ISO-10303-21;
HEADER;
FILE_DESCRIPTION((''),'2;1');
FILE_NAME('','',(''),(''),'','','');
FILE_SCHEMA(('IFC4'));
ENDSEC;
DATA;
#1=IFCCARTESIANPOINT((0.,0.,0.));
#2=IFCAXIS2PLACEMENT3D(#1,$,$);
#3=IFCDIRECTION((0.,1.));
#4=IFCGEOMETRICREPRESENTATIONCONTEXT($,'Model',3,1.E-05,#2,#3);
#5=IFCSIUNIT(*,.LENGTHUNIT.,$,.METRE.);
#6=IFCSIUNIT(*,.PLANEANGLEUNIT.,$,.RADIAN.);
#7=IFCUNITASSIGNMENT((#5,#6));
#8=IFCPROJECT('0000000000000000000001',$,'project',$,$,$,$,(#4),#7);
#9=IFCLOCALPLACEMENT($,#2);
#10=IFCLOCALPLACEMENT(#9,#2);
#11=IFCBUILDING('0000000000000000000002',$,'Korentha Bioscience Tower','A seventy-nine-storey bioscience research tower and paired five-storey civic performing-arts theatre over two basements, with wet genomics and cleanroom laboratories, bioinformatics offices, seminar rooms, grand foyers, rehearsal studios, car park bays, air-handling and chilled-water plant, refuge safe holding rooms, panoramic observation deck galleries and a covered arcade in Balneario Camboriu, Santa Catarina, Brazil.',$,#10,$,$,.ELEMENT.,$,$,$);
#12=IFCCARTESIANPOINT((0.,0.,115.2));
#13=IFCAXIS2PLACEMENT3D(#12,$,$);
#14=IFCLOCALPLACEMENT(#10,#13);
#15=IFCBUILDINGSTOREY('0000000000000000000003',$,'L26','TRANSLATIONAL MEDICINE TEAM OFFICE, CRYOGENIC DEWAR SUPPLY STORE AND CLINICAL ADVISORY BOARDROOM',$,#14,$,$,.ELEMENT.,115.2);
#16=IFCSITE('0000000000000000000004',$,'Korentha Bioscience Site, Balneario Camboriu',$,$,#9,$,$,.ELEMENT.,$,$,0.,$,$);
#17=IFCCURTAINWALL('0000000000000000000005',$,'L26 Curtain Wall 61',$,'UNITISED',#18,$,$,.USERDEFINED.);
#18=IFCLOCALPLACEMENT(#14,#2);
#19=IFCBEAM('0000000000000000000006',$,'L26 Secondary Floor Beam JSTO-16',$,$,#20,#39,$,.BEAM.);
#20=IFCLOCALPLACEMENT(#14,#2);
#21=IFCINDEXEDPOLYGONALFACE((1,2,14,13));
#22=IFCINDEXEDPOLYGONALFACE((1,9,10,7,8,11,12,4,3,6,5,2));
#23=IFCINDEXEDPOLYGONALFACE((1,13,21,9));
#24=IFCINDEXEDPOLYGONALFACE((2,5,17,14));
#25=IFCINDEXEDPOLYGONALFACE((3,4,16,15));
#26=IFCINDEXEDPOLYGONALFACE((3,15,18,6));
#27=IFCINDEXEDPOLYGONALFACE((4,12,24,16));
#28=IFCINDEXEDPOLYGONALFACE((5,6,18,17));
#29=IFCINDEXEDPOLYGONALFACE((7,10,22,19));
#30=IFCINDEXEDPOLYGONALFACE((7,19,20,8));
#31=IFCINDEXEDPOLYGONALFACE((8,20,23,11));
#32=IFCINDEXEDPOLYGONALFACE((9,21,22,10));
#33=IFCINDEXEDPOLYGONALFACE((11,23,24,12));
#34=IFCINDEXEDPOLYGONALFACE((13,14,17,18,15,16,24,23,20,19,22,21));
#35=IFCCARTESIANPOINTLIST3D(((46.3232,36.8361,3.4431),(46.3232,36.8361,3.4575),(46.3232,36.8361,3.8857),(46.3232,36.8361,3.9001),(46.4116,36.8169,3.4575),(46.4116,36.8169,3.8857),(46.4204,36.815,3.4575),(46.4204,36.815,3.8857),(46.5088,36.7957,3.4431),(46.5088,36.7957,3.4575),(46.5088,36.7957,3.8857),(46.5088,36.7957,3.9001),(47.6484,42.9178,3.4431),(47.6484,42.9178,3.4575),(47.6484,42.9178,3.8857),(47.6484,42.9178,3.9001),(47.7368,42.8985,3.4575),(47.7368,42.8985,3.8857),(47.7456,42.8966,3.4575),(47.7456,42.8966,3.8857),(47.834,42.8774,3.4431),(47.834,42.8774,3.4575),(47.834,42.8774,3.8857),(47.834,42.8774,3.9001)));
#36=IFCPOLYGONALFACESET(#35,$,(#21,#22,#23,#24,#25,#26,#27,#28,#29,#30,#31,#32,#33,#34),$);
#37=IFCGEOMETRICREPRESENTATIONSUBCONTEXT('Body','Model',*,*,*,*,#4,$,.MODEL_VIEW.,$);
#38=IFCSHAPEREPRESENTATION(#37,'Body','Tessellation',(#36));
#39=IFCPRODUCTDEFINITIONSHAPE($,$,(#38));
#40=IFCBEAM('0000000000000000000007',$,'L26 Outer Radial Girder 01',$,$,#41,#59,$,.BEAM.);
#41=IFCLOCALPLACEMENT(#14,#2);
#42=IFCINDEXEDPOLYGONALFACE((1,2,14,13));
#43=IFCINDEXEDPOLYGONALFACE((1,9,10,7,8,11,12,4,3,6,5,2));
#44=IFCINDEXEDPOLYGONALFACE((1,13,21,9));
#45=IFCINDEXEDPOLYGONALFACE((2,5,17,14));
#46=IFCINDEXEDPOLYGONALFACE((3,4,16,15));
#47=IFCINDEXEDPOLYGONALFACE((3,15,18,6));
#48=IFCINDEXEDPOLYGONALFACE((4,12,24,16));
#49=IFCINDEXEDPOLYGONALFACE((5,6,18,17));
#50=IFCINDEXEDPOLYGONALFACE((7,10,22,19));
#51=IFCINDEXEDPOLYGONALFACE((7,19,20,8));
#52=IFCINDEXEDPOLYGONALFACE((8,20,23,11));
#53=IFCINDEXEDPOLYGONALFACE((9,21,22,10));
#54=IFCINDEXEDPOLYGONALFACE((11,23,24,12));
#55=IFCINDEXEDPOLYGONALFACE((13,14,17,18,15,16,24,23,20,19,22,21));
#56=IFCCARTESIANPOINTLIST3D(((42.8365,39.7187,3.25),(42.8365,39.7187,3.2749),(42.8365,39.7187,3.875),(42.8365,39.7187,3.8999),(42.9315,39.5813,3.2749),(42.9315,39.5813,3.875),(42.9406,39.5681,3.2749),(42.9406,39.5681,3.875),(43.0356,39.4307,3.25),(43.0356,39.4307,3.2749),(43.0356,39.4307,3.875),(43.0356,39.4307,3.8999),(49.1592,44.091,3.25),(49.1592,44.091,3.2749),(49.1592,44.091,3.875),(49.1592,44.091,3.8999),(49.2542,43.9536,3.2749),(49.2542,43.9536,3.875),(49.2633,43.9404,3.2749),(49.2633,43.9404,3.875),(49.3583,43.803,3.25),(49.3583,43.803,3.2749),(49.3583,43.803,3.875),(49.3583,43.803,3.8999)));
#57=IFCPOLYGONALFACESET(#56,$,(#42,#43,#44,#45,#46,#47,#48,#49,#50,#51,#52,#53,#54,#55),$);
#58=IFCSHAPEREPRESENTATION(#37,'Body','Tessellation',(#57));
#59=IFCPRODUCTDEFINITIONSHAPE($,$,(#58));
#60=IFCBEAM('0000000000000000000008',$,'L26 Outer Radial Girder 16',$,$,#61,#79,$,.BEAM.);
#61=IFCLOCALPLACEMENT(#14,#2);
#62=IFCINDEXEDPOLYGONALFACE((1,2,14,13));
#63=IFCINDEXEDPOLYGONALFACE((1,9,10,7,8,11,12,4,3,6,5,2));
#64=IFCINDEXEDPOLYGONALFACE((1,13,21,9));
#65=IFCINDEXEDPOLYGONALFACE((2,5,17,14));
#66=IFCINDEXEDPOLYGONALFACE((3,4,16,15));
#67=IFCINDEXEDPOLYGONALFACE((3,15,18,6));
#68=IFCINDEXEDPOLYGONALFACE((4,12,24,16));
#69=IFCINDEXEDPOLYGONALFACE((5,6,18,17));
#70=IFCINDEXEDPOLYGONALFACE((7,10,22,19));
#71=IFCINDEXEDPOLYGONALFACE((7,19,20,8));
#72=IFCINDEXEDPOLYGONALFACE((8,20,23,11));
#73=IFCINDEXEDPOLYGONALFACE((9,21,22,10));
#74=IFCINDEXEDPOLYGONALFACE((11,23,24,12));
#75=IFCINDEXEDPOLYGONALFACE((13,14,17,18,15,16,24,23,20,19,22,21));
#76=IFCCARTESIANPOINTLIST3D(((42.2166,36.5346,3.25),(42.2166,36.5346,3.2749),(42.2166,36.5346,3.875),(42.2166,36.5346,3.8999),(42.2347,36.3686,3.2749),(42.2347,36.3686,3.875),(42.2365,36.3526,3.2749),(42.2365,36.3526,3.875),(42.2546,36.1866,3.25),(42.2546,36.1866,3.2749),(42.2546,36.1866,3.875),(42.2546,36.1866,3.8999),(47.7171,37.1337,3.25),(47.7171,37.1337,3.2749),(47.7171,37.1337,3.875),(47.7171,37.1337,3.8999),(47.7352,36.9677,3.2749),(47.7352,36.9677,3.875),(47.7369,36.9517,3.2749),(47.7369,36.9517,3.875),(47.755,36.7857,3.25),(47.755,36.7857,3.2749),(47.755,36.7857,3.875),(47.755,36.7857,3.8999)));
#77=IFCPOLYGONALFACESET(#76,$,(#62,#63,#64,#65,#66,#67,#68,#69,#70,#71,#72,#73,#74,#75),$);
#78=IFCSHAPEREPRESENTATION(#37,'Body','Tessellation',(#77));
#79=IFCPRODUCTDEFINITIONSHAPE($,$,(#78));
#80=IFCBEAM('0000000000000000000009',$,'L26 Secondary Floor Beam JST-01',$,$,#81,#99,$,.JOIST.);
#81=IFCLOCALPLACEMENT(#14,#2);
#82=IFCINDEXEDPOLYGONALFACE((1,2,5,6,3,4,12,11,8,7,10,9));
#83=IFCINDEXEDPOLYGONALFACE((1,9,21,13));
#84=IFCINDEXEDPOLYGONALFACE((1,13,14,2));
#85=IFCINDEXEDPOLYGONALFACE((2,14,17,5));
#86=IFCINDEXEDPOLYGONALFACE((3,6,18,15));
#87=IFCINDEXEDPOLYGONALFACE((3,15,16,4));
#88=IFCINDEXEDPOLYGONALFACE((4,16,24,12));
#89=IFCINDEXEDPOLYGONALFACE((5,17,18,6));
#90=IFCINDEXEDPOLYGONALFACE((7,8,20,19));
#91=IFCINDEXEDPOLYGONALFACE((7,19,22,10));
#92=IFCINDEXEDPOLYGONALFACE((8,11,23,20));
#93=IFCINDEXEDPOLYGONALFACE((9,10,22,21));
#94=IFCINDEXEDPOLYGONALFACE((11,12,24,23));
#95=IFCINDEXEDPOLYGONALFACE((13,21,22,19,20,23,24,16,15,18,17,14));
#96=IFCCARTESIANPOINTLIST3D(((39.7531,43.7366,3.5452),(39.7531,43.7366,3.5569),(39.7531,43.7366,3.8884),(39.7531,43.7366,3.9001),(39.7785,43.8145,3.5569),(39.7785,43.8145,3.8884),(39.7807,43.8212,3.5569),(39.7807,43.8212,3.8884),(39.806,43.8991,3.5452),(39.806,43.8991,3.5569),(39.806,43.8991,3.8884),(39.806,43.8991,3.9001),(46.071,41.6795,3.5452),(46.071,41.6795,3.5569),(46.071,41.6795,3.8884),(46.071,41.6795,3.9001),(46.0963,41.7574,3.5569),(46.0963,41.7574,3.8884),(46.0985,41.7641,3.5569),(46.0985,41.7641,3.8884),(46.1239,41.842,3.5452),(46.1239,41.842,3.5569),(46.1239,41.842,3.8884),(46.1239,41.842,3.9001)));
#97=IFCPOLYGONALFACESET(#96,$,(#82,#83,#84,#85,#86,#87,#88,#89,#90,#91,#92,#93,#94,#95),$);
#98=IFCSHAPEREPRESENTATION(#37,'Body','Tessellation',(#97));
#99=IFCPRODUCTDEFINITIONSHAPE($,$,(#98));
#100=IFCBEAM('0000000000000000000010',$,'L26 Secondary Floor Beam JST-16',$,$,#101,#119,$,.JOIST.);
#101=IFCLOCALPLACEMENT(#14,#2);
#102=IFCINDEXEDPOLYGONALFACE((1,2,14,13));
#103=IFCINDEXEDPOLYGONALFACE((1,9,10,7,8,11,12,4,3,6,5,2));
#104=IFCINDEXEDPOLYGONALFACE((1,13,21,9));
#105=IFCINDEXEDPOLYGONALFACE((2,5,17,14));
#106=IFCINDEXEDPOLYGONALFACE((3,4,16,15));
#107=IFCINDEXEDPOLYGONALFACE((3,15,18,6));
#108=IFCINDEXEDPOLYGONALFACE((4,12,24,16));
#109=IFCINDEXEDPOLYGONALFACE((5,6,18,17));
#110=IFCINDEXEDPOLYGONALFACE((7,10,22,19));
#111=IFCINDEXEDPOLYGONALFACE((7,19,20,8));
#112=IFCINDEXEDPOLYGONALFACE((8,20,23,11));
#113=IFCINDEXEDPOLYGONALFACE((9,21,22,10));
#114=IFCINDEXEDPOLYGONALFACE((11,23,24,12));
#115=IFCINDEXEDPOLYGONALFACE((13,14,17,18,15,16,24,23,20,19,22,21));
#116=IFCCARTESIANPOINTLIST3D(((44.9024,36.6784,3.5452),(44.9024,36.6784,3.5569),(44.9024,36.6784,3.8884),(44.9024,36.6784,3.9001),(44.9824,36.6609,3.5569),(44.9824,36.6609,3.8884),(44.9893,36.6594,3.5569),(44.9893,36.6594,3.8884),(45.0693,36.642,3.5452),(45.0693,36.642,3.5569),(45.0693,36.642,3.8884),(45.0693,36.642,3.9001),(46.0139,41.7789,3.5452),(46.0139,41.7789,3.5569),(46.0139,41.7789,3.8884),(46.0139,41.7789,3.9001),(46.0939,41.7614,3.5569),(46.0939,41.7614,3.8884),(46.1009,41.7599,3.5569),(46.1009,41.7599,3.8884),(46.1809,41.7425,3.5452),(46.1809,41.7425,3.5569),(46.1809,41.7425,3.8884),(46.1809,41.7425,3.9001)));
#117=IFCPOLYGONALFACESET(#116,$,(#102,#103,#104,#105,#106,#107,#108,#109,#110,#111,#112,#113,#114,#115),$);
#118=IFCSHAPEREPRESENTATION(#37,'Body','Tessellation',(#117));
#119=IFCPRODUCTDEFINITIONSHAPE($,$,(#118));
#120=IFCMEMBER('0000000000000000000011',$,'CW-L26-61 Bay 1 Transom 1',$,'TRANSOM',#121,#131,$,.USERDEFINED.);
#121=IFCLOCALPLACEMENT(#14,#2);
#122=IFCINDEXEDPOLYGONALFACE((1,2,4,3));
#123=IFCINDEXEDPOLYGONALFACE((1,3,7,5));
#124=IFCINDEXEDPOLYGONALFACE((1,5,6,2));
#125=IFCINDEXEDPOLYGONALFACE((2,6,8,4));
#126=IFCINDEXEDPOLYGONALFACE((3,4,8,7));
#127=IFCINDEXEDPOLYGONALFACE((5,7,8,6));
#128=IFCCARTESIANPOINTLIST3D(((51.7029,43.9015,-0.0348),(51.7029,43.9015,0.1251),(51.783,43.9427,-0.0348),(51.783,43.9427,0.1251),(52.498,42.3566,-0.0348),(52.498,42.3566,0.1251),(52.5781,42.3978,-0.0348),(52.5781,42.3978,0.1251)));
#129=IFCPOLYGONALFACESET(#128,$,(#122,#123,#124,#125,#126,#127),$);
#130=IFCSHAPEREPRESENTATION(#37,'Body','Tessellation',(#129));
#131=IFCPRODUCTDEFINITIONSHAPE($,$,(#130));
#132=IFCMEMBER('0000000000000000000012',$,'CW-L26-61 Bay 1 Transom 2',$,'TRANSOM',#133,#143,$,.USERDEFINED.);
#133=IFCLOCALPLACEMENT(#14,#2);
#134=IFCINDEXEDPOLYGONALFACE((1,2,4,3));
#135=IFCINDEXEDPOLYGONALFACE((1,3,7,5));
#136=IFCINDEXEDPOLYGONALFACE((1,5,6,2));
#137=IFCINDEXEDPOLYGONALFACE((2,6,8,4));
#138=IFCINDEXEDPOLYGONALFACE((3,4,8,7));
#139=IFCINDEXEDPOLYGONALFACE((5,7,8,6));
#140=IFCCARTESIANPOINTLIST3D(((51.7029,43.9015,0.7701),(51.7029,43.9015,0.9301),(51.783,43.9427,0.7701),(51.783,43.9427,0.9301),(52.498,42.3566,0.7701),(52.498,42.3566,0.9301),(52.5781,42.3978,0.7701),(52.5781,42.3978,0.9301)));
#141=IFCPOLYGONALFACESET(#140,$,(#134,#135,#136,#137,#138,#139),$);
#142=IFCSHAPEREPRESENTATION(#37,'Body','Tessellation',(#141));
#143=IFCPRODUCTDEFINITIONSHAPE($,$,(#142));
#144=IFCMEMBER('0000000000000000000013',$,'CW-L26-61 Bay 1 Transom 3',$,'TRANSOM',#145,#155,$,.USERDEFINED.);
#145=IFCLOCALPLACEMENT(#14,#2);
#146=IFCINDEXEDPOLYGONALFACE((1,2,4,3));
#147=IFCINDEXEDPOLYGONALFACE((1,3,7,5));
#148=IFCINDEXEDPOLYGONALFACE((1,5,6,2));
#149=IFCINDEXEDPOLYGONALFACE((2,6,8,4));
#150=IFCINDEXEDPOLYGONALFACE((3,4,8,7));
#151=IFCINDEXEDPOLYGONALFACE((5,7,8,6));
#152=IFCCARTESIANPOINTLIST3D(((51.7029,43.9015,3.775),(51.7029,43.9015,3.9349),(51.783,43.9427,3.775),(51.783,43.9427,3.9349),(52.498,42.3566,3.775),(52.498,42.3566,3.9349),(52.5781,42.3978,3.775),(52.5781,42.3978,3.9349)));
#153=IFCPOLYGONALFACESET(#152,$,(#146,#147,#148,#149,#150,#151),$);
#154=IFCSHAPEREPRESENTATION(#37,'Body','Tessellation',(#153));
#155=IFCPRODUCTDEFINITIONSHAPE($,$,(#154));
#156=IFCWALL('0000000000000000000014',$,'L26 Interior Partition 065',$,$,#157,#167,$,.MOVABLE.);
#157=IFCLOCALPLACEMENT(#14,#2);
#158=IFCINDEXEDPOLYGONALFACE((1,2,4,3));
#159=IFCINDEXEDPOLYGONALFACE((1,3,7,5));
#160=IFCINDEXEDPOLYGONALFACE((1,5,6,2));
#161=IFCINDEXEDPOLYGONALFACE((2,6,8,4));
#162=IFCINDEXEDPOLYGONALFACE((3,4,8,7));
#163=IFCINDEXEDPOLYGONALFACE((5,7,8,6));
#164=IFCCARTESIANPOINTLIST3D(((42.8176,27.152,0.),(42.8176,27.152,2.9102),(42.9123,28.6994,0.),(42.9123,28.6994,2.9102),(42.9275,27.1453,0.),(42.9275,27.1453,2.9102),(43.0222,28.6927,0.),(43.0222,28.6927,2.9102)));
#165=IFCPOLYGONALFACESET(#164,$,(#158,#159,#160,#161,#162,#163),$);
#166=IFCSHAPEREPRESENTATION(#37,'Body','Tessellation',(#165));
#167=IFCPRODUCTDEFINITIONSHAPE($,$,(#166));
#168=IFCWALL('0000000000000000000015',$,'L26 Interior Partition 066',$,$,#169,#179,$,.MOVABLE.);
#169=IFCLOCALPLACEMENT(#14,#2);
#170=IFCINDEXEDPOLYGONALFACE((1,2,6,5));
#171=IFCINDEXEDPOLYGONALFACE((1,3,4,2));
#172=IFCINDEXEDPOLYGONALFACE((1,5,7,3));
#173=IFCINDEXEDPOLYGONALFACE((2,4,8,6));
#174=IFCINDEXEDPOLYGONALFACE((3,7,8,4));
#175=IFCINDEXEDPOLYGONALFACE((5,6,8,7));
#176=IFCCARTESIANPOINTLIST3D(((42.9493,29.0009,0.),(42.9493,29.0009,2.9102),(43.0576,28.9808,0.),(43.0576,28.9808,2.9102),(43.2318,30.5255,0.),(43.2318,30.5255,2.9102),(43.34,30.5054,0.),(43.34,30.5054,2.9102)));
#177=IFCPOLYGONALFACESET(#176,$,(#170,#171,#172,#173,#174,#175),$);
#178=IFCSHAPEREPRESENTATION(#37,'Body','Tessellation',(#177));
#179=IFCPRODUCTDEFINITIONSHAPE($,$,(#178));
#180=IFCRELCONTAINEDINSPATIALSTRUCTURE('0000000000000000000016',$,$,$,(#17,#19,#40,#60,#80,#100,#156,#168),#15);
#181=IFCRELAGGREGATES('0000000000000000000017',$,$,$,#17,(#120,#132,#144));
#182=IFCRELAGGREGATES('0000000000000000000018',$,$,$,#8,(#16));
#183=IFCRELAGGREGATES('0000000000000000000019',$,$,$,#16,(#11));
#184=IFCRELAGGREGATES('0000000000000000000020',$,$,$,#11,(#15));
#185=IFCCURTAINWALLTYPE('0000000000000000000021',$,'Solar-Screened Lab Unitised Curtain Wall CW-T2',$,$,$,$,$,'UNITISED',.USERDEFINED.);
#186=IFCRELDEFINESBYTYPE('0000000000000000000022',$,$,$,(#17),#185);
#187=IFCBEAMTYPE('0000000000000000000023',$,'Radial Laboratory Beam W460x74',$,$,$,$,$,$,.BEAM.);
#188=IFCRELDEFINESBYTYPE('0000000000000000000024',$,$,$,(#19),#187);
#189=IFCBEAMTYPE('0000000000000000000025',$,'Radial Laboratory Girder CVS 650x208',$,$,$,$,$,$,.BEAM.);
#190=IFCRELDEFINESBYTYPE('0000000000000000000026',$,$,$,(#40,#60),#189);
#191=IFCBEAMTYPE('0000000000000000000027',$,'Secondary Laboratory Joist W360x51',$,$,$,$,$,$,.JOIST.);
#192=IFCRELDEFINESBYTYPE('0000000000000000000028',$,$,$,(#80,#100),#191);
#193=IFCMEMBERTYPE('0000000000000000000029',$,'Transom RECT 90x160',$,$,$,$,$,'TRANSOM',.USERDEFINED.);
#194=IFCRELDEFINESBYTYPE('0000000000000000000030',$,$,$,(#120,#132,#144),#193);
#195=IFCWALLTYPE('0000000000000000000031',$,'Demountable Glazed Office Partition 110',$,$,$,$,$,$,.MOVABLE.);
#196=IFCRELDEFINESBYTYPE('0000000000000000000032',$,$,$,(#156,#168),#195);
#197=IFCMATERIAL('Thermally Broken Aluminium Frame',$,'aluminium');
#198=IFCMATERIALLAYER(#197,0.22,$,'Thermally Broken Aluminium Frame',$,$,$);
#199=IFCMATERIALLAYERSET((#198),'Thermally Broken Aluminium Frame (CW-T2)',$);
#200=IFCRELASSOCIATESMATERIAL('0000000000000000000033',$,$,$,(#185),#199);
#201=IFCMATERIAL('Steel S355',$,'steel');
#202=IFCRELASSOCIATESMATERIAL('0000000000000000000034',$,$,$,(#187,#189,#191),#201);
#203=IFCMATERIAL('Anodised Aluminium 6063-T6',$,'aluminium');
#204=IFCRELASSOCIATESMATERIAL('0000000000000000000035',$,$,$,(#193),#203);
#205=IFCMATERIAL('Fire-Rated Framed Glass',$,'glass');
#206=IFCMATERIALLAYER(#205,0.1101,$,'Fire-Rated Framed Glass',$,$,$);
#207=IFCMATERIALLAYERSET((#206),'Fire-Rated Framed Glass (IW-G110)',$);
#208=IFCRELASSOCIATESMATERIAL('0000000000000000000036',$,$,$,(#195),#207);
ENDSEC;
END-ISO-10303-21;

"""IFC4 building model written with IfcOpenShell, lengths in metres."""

from ifc_helpers import new_model, si_unit, direction, frame, frame_2d, origin, origin_2d, place, context, subcontext, project, spatial, rectangle, i_section, extrude, material, layer, layer_set, material_profile, profile_set, type_object, element, aggregate, save


model = new_model("IFC4")

# Units and contexts
model_context = context("Model", 3, precision=1e-05, world=origin(), true_north=direction((0.0, 1.0)))
body_context = subcontext(model_context, "Body", "Model", "MODEL_VIEW")
ifc_project = project(units=[si_unit("LENGTHUNIT", "METRE"), si_unit("PLANEANGLEUNIT", "RADIAN")], contexts=[model_context])

# Site, building, storey
site_placement = place(None, origin())
site = spatial("IfcSite", under=ifc_project, at=site_placement, Name="Korentha Bioscience Site, Balneario Camboriu", CompositionType="ELEMENT", RefElevation=0.0)
building_placement = place(site_placement, origin())
building = spatial("IfcBuilding", under=site, at=building_placement, Name="Korentha Bioscience Tower", Description="A seventy-nine-storey bioscience research tower and paired five-storey civic performing-arts theatre over two basements, with wet genomics and cleanroom laboratories, bioinformatics offices, seminar rooms, grand foyers, rehearsal studios, car park bays, air-handling and chilled-water plant, refuge safe holding rooms, panoramic observation deck galleries and a covered arcade in Balneario Camboriu, Santa Catarina, Brazil.", CompositionType="ELEMENT")
storey_placement = place(building_placement, frame((0.0, 0.0, 115.2)))
storey = spatial("IfcBuildingStorey", under=building, at=storey_placement, Name="L26", Description="TRANSLATIONAL MEDICINE TEAM OFFICE, CRYOGENIC DEWAR SUPPLY STORE AND CLINICAL ADVISORY BOARDROOM", CompositionType="ELEMENT", Elevation=115.2)

# Shared definitions
ifc_material_1 = material(Name="Steel S355", Category="steel")

# Curtain wall
ifc_material_2 = material(Name="Thermally Broken Aluminium Frame", Category="aluminium")
ifc_layer_1 = layer(ifc_material_2, 0.22, Name="Thermally Broken Aluminium Frame")
ifc_layer_set_1 = layer_set([ifc_layer_1], Name="Thermally Broken Aluminium Frame (CW-T2)")
curtain_wall_type = type_object("IfcCurtainWallType", Name="Solar-Screened Lab Unitised Curtain Wall CW-T2", ElementType="UNITISED", PredefinedType="USERDEFINED", material=ifc_layer_set_1)
curtain_wall_placement = place(storey_placement, origin())
curtain_wall = element("IfcCurtainWall", 1, at=curtain_wall_placement, inside=storey, type_object=curtain_wall_type, Name="L26 Curtain Wall 61", ObjectType="UNITISED", PredefinedType="USERDEFINED")
ifc_material_3 = material(Name="Anodised Aluminium 6063-T6", Category="aluminium")

# Beams
ifc_material_profile_1 = material_profile(ifc_material_1, i_section(OverallWidth=0.1899, OverallDepth=0.457, WebThickness=0.009, FlangeThickness=0.0144, at=origin_2d()), Name="Steel S355")
ifc_profile_set_1 = profile_set([ifc_material_profile_1], Name="Steel S355 (RB-460)")
beam_type_1 = type_object("IfcBeamType", Name="Radial Laboratory Beam W460x74", PredefinedType="BEAM", material=ifc_profile_set_1)
beam_1_placement = place(storey_placement, frame((46.416, 36.8159, 3.6716), z_axis=(0.212908, 0.977072, 0.0), x_axis=(-0.977072, 0.212908, 0.0)))
element("IfcBeam", 2, at=beam_1_placement, inside=storey, type_object=beam_type_1, Name="L26 Secondary Floor Beam JSTO-16", PredefinedType="BEAM", context=body_context, shape_type="SweptSolid", body=[
    extrude(i_section(OverallWidth=0.1899, OverallDepth=0.457, WebThickness=0.009, FlangeThickness=0.0144, at=origin_2d()), origin(), (0.0, 0.0, 1.0), 6.2244),
])
ifc_material_profile_2 = material_profile(ifc_material_1, i_section(OverallWidth=0.3501, OverallDepth=0.6499, WebThickness=0.0161, FlangeThickness=0.0249, at=origin_2d()), Name="Steel S355")
ifc_profile_set_2 = profile_set([ifc_material_profile_2], Name="Steel S355 (RB-650)")
beam_type_2 = type_object("IfcBeamType", Name="Radial Laboratory Girder CVS 650x208", PredefinedType="BEAM", material=ifc_profile_set_2)
beam_2_placement = place(storey_placement, frame((42.936, 39.5747, 3.575), z_axis=(0.822495, 0.568772, 0.0), x_axis=(-0.568772, 0.822495, 0.0)))
element("IfcBeam", 3, at=beam_2_placement, inside=storey, type_object=beam_type_2, Name="L26 Outer Radial Girder 01", PredefinedType="BEAM", context=body_context, shape_type="SweptSolid", body=[
    extrude(i_section(OverallWidth=0.3501, OverallDepth=0.6499, WebThickness=0.0161, FlangeThickness=0.0249, at=origin_2d()), origin(), (0.0, 0.0, 1.0), 7.6873),
])
beam_3_placement = place(storey_placement, frame((42.2356, 36.3606, 3.575), z_axis=(0.99412, 0.108281, 0.0), x_axis=(-0.108281, 0.99412, 0.0)))
element("IfcBeam", 4, at=beam_3_placement, inside=storey, type_object=beam_type_2, Name="L26 Outer Radial Girder 16", PredefinedType="BEAM", context=body_context, shape_type="SweptSolid", body=[
    extrude(i_section(OverallWidth=0.3501, OverallDepth=0.6499, WebThickness=0.0161, FlangeThickness=0.0249, at=origin_2d()), origin(), (0.0, 0.0, 1.0), 5.533),
])
ifc_material_profile_3 = material_profile(ifc_material_1, i_section(OverallWidth=0.1709, OverallDepth=0.355, WebThickness=0.0071, FlangeThickness=0.0117, at=origin_2d()), Name="Steel S355")
ifc_profile_set_3 = profile_set([ifc_material_profile_3], Name="Steel S355 (JB-360)")
beam_type_3 = type_object("IfcBeamType", Name="Secondary Laboratory Joist W360x51", PredefinedType="JOIST", material=ifc_profile_set_3)
beam_4_placement = place(storey_placement, frame((46.0974, 41.7607, 3.7227), z_axis=(-0.950865, 0.309606, 0.0), x_axis=(-0.309606, -0.950865, 0.0)))
element("IfcBeam", 5, at=beam_4_placement, inside=storey, type_object=beam_type_3, Name="L26 Secondary Floor Beam JST-01", PredefinedType="JOIST", context=body_context, shape_type="SweptSolid", body=[
    extrude(i_section(OverallWidth=0.1709, OverallDepth=0.355, WebThickness=0.0071, FlangeThickness=0.0117, at=origin_2d()), origin(), (0.0, 0.0, 1.0), 6.6443),
])
beam_5_placement = place(storey_placement, frame((44.9858, 36.6602, 3.7227), z_axis=(0.212932, 0.977067, 0.0), x_axis=(-0.977067, 0.212932, 0.0)))
element("IfcBeam", 6, at=beam_5_placement, inside=storey, type_object=beam_type_3, Name="L26 Secondary Floor Beam JST-16", PredefinedType="JOIST", context=body_context, shape_type="SweptSolid", body=[
    extrude(i_section(OverallWidth=0.1709, OverallDepth=0.355, WebThickness=0.0071, FlangeThickness=0.0117, at=origin_2d()), origin(), (0.0, 0.0, 1.0), 5.2202),
])

# Members
ifc_material_profile_4 = material_profile(ifc_material_3, rectangle(XDim=0.0901, YDim=0.1599, at=origin_2d()), Name="Anodised Aluminium 6063-T6")
ifc_profile_set_4 = profile_set([ifc_material_profile_4], Name="Anodised Aluminium 6063-T6 (CW-TRN)")
member_type_1 = type_object("IfcMemberType", Name="Transom RECT 90x160", ElementType="TRANSOM", PredefinedType="USERDEFINED", material=ifc_profile_set_4)
member_1_placement = place(storey_placement, frame((52.5381, 42.3772, 0.0452), z_axis=(-0.457637, 0.889139, 0.0), x_axis=(-0.889139, -0.457637, 0.0)))
member_1 = element("IfcMember", 7, at=member_1_placement, type_object=member_type_1, Name="CW-L26-61 Bay 1 Transom 1", ObjectType="TRANSOM", PredefinedType="USERDEFINED", context=body_context, shape_type="SweptSolid", body=[
    extrude(rectangle(XDim=0.0901, YDim=0.1599, at=origin_2d()), origin(), (0.0, 0.0, 1.0), 1.7375),
])
member_2_placement = place(storey_placement, frame((52.5381, 42.3772, 0.8501), z_axis=(-0.457637, 0.889139, 0.0), x_axis=(-0.889139, -0.457637, 0.0)))
member_2 = element("IfcMember", 8, at=member_2_placement, type_object=member_type_1, Name="CW-L26-61 Bay 1 Transom 2", ObjectType="TRANSOM", PredefinedType="USERDEFINED", context=body_context, shape_type="SweptSolid", body=[
    extrude(rectangle(XDim=0.0901, YDim=0.1599, at=origin_2d()), origin(), (0.0, 0.0, 1.0), 1.7375),
])
member_3_placement = place(storey_placement, frame((52.5381, 42.3772, 3.855), z_axis=(-0.457637, 0.889139, 0.0), x_axis=(-0.889139, -0.457637, 0.0)))
member_3 = element("IfcMember", 9, at=member_3_placement, type_object=member_type_1, Name="CW-L26-61 Bay 1 Transom 3", ObjectType="TRANSOM", PredefinedType="USERDEFINED", context=body_context, shape_type="SweptSolid", body=[
    extrude(rectangle(XDim=0.0901, YDim=0.1599, at=origin_2d()), origin(), (0.0, 0.0, 1.0), 1.7375),
])
aggregate(curtain_wall, [member_1, member_2, member_3])

# Walls
ifc_material_4 = material(Name="Fire-Rated Framed Glass", Category="glass")
ifc_layer_2 = layer(ifc_material_4, 0.1101, Name="Fire-Rated Framed Glass")
ifc_layer_set_2 = layer_set([ifc_layer_2], Name="Fire-Rated Framed Glass (IW-G110)")
wall_type_1 = type_object("IfcWallType", Name="Demountable Glazed Office Partition 110", PredefinedType="MOVABLE", material=ifc_layer_set_2)
wall_1_placement = place(storey_placement, frame((42.8726, 27.1487, 0.0), z_axis=(0.0, 0.0, 1.0), x_axis=(0.061104, 0.998131, 0.0)))
element("IfcWall", 10, at=wall_1_placement, inside=storey, type_object=wall_type_1, Name="L26 Interior Partition 065", PredefinedType="MOVABLE", context=body_context, shape_type="SweptSolid", body=[
    extrude(rectangle(XDim=1.5503, YDim=0.1101, at=frame_2d((0.7751, 0.0))), origin(), (0.0, 0.0, 1.0), 2.9102),
])
wall_2_placement = place(storey_placement, frame((43.0034, 28.9907, 0.0), z_axis=(0.0, 0.0, 1.0), x_axis=(0.182168, 0.983267, 0.0)))
element("IfcWall", 11, at=wall_2_placement, inside=storey, type_object=wall_type_1, Name="L26 Interior Partition 066", PredefinedType="MOVABLE", context=body_context, shape_type="SweptSolid", body=[
    extrude(rectangle(XDim=1.5505, YDim=0.1101, at=frame_2d((0.7754, 0.0))), origin(), (0.0, 0.0, 1.0), 2.9102),
])

save(model, "model.ifc")
